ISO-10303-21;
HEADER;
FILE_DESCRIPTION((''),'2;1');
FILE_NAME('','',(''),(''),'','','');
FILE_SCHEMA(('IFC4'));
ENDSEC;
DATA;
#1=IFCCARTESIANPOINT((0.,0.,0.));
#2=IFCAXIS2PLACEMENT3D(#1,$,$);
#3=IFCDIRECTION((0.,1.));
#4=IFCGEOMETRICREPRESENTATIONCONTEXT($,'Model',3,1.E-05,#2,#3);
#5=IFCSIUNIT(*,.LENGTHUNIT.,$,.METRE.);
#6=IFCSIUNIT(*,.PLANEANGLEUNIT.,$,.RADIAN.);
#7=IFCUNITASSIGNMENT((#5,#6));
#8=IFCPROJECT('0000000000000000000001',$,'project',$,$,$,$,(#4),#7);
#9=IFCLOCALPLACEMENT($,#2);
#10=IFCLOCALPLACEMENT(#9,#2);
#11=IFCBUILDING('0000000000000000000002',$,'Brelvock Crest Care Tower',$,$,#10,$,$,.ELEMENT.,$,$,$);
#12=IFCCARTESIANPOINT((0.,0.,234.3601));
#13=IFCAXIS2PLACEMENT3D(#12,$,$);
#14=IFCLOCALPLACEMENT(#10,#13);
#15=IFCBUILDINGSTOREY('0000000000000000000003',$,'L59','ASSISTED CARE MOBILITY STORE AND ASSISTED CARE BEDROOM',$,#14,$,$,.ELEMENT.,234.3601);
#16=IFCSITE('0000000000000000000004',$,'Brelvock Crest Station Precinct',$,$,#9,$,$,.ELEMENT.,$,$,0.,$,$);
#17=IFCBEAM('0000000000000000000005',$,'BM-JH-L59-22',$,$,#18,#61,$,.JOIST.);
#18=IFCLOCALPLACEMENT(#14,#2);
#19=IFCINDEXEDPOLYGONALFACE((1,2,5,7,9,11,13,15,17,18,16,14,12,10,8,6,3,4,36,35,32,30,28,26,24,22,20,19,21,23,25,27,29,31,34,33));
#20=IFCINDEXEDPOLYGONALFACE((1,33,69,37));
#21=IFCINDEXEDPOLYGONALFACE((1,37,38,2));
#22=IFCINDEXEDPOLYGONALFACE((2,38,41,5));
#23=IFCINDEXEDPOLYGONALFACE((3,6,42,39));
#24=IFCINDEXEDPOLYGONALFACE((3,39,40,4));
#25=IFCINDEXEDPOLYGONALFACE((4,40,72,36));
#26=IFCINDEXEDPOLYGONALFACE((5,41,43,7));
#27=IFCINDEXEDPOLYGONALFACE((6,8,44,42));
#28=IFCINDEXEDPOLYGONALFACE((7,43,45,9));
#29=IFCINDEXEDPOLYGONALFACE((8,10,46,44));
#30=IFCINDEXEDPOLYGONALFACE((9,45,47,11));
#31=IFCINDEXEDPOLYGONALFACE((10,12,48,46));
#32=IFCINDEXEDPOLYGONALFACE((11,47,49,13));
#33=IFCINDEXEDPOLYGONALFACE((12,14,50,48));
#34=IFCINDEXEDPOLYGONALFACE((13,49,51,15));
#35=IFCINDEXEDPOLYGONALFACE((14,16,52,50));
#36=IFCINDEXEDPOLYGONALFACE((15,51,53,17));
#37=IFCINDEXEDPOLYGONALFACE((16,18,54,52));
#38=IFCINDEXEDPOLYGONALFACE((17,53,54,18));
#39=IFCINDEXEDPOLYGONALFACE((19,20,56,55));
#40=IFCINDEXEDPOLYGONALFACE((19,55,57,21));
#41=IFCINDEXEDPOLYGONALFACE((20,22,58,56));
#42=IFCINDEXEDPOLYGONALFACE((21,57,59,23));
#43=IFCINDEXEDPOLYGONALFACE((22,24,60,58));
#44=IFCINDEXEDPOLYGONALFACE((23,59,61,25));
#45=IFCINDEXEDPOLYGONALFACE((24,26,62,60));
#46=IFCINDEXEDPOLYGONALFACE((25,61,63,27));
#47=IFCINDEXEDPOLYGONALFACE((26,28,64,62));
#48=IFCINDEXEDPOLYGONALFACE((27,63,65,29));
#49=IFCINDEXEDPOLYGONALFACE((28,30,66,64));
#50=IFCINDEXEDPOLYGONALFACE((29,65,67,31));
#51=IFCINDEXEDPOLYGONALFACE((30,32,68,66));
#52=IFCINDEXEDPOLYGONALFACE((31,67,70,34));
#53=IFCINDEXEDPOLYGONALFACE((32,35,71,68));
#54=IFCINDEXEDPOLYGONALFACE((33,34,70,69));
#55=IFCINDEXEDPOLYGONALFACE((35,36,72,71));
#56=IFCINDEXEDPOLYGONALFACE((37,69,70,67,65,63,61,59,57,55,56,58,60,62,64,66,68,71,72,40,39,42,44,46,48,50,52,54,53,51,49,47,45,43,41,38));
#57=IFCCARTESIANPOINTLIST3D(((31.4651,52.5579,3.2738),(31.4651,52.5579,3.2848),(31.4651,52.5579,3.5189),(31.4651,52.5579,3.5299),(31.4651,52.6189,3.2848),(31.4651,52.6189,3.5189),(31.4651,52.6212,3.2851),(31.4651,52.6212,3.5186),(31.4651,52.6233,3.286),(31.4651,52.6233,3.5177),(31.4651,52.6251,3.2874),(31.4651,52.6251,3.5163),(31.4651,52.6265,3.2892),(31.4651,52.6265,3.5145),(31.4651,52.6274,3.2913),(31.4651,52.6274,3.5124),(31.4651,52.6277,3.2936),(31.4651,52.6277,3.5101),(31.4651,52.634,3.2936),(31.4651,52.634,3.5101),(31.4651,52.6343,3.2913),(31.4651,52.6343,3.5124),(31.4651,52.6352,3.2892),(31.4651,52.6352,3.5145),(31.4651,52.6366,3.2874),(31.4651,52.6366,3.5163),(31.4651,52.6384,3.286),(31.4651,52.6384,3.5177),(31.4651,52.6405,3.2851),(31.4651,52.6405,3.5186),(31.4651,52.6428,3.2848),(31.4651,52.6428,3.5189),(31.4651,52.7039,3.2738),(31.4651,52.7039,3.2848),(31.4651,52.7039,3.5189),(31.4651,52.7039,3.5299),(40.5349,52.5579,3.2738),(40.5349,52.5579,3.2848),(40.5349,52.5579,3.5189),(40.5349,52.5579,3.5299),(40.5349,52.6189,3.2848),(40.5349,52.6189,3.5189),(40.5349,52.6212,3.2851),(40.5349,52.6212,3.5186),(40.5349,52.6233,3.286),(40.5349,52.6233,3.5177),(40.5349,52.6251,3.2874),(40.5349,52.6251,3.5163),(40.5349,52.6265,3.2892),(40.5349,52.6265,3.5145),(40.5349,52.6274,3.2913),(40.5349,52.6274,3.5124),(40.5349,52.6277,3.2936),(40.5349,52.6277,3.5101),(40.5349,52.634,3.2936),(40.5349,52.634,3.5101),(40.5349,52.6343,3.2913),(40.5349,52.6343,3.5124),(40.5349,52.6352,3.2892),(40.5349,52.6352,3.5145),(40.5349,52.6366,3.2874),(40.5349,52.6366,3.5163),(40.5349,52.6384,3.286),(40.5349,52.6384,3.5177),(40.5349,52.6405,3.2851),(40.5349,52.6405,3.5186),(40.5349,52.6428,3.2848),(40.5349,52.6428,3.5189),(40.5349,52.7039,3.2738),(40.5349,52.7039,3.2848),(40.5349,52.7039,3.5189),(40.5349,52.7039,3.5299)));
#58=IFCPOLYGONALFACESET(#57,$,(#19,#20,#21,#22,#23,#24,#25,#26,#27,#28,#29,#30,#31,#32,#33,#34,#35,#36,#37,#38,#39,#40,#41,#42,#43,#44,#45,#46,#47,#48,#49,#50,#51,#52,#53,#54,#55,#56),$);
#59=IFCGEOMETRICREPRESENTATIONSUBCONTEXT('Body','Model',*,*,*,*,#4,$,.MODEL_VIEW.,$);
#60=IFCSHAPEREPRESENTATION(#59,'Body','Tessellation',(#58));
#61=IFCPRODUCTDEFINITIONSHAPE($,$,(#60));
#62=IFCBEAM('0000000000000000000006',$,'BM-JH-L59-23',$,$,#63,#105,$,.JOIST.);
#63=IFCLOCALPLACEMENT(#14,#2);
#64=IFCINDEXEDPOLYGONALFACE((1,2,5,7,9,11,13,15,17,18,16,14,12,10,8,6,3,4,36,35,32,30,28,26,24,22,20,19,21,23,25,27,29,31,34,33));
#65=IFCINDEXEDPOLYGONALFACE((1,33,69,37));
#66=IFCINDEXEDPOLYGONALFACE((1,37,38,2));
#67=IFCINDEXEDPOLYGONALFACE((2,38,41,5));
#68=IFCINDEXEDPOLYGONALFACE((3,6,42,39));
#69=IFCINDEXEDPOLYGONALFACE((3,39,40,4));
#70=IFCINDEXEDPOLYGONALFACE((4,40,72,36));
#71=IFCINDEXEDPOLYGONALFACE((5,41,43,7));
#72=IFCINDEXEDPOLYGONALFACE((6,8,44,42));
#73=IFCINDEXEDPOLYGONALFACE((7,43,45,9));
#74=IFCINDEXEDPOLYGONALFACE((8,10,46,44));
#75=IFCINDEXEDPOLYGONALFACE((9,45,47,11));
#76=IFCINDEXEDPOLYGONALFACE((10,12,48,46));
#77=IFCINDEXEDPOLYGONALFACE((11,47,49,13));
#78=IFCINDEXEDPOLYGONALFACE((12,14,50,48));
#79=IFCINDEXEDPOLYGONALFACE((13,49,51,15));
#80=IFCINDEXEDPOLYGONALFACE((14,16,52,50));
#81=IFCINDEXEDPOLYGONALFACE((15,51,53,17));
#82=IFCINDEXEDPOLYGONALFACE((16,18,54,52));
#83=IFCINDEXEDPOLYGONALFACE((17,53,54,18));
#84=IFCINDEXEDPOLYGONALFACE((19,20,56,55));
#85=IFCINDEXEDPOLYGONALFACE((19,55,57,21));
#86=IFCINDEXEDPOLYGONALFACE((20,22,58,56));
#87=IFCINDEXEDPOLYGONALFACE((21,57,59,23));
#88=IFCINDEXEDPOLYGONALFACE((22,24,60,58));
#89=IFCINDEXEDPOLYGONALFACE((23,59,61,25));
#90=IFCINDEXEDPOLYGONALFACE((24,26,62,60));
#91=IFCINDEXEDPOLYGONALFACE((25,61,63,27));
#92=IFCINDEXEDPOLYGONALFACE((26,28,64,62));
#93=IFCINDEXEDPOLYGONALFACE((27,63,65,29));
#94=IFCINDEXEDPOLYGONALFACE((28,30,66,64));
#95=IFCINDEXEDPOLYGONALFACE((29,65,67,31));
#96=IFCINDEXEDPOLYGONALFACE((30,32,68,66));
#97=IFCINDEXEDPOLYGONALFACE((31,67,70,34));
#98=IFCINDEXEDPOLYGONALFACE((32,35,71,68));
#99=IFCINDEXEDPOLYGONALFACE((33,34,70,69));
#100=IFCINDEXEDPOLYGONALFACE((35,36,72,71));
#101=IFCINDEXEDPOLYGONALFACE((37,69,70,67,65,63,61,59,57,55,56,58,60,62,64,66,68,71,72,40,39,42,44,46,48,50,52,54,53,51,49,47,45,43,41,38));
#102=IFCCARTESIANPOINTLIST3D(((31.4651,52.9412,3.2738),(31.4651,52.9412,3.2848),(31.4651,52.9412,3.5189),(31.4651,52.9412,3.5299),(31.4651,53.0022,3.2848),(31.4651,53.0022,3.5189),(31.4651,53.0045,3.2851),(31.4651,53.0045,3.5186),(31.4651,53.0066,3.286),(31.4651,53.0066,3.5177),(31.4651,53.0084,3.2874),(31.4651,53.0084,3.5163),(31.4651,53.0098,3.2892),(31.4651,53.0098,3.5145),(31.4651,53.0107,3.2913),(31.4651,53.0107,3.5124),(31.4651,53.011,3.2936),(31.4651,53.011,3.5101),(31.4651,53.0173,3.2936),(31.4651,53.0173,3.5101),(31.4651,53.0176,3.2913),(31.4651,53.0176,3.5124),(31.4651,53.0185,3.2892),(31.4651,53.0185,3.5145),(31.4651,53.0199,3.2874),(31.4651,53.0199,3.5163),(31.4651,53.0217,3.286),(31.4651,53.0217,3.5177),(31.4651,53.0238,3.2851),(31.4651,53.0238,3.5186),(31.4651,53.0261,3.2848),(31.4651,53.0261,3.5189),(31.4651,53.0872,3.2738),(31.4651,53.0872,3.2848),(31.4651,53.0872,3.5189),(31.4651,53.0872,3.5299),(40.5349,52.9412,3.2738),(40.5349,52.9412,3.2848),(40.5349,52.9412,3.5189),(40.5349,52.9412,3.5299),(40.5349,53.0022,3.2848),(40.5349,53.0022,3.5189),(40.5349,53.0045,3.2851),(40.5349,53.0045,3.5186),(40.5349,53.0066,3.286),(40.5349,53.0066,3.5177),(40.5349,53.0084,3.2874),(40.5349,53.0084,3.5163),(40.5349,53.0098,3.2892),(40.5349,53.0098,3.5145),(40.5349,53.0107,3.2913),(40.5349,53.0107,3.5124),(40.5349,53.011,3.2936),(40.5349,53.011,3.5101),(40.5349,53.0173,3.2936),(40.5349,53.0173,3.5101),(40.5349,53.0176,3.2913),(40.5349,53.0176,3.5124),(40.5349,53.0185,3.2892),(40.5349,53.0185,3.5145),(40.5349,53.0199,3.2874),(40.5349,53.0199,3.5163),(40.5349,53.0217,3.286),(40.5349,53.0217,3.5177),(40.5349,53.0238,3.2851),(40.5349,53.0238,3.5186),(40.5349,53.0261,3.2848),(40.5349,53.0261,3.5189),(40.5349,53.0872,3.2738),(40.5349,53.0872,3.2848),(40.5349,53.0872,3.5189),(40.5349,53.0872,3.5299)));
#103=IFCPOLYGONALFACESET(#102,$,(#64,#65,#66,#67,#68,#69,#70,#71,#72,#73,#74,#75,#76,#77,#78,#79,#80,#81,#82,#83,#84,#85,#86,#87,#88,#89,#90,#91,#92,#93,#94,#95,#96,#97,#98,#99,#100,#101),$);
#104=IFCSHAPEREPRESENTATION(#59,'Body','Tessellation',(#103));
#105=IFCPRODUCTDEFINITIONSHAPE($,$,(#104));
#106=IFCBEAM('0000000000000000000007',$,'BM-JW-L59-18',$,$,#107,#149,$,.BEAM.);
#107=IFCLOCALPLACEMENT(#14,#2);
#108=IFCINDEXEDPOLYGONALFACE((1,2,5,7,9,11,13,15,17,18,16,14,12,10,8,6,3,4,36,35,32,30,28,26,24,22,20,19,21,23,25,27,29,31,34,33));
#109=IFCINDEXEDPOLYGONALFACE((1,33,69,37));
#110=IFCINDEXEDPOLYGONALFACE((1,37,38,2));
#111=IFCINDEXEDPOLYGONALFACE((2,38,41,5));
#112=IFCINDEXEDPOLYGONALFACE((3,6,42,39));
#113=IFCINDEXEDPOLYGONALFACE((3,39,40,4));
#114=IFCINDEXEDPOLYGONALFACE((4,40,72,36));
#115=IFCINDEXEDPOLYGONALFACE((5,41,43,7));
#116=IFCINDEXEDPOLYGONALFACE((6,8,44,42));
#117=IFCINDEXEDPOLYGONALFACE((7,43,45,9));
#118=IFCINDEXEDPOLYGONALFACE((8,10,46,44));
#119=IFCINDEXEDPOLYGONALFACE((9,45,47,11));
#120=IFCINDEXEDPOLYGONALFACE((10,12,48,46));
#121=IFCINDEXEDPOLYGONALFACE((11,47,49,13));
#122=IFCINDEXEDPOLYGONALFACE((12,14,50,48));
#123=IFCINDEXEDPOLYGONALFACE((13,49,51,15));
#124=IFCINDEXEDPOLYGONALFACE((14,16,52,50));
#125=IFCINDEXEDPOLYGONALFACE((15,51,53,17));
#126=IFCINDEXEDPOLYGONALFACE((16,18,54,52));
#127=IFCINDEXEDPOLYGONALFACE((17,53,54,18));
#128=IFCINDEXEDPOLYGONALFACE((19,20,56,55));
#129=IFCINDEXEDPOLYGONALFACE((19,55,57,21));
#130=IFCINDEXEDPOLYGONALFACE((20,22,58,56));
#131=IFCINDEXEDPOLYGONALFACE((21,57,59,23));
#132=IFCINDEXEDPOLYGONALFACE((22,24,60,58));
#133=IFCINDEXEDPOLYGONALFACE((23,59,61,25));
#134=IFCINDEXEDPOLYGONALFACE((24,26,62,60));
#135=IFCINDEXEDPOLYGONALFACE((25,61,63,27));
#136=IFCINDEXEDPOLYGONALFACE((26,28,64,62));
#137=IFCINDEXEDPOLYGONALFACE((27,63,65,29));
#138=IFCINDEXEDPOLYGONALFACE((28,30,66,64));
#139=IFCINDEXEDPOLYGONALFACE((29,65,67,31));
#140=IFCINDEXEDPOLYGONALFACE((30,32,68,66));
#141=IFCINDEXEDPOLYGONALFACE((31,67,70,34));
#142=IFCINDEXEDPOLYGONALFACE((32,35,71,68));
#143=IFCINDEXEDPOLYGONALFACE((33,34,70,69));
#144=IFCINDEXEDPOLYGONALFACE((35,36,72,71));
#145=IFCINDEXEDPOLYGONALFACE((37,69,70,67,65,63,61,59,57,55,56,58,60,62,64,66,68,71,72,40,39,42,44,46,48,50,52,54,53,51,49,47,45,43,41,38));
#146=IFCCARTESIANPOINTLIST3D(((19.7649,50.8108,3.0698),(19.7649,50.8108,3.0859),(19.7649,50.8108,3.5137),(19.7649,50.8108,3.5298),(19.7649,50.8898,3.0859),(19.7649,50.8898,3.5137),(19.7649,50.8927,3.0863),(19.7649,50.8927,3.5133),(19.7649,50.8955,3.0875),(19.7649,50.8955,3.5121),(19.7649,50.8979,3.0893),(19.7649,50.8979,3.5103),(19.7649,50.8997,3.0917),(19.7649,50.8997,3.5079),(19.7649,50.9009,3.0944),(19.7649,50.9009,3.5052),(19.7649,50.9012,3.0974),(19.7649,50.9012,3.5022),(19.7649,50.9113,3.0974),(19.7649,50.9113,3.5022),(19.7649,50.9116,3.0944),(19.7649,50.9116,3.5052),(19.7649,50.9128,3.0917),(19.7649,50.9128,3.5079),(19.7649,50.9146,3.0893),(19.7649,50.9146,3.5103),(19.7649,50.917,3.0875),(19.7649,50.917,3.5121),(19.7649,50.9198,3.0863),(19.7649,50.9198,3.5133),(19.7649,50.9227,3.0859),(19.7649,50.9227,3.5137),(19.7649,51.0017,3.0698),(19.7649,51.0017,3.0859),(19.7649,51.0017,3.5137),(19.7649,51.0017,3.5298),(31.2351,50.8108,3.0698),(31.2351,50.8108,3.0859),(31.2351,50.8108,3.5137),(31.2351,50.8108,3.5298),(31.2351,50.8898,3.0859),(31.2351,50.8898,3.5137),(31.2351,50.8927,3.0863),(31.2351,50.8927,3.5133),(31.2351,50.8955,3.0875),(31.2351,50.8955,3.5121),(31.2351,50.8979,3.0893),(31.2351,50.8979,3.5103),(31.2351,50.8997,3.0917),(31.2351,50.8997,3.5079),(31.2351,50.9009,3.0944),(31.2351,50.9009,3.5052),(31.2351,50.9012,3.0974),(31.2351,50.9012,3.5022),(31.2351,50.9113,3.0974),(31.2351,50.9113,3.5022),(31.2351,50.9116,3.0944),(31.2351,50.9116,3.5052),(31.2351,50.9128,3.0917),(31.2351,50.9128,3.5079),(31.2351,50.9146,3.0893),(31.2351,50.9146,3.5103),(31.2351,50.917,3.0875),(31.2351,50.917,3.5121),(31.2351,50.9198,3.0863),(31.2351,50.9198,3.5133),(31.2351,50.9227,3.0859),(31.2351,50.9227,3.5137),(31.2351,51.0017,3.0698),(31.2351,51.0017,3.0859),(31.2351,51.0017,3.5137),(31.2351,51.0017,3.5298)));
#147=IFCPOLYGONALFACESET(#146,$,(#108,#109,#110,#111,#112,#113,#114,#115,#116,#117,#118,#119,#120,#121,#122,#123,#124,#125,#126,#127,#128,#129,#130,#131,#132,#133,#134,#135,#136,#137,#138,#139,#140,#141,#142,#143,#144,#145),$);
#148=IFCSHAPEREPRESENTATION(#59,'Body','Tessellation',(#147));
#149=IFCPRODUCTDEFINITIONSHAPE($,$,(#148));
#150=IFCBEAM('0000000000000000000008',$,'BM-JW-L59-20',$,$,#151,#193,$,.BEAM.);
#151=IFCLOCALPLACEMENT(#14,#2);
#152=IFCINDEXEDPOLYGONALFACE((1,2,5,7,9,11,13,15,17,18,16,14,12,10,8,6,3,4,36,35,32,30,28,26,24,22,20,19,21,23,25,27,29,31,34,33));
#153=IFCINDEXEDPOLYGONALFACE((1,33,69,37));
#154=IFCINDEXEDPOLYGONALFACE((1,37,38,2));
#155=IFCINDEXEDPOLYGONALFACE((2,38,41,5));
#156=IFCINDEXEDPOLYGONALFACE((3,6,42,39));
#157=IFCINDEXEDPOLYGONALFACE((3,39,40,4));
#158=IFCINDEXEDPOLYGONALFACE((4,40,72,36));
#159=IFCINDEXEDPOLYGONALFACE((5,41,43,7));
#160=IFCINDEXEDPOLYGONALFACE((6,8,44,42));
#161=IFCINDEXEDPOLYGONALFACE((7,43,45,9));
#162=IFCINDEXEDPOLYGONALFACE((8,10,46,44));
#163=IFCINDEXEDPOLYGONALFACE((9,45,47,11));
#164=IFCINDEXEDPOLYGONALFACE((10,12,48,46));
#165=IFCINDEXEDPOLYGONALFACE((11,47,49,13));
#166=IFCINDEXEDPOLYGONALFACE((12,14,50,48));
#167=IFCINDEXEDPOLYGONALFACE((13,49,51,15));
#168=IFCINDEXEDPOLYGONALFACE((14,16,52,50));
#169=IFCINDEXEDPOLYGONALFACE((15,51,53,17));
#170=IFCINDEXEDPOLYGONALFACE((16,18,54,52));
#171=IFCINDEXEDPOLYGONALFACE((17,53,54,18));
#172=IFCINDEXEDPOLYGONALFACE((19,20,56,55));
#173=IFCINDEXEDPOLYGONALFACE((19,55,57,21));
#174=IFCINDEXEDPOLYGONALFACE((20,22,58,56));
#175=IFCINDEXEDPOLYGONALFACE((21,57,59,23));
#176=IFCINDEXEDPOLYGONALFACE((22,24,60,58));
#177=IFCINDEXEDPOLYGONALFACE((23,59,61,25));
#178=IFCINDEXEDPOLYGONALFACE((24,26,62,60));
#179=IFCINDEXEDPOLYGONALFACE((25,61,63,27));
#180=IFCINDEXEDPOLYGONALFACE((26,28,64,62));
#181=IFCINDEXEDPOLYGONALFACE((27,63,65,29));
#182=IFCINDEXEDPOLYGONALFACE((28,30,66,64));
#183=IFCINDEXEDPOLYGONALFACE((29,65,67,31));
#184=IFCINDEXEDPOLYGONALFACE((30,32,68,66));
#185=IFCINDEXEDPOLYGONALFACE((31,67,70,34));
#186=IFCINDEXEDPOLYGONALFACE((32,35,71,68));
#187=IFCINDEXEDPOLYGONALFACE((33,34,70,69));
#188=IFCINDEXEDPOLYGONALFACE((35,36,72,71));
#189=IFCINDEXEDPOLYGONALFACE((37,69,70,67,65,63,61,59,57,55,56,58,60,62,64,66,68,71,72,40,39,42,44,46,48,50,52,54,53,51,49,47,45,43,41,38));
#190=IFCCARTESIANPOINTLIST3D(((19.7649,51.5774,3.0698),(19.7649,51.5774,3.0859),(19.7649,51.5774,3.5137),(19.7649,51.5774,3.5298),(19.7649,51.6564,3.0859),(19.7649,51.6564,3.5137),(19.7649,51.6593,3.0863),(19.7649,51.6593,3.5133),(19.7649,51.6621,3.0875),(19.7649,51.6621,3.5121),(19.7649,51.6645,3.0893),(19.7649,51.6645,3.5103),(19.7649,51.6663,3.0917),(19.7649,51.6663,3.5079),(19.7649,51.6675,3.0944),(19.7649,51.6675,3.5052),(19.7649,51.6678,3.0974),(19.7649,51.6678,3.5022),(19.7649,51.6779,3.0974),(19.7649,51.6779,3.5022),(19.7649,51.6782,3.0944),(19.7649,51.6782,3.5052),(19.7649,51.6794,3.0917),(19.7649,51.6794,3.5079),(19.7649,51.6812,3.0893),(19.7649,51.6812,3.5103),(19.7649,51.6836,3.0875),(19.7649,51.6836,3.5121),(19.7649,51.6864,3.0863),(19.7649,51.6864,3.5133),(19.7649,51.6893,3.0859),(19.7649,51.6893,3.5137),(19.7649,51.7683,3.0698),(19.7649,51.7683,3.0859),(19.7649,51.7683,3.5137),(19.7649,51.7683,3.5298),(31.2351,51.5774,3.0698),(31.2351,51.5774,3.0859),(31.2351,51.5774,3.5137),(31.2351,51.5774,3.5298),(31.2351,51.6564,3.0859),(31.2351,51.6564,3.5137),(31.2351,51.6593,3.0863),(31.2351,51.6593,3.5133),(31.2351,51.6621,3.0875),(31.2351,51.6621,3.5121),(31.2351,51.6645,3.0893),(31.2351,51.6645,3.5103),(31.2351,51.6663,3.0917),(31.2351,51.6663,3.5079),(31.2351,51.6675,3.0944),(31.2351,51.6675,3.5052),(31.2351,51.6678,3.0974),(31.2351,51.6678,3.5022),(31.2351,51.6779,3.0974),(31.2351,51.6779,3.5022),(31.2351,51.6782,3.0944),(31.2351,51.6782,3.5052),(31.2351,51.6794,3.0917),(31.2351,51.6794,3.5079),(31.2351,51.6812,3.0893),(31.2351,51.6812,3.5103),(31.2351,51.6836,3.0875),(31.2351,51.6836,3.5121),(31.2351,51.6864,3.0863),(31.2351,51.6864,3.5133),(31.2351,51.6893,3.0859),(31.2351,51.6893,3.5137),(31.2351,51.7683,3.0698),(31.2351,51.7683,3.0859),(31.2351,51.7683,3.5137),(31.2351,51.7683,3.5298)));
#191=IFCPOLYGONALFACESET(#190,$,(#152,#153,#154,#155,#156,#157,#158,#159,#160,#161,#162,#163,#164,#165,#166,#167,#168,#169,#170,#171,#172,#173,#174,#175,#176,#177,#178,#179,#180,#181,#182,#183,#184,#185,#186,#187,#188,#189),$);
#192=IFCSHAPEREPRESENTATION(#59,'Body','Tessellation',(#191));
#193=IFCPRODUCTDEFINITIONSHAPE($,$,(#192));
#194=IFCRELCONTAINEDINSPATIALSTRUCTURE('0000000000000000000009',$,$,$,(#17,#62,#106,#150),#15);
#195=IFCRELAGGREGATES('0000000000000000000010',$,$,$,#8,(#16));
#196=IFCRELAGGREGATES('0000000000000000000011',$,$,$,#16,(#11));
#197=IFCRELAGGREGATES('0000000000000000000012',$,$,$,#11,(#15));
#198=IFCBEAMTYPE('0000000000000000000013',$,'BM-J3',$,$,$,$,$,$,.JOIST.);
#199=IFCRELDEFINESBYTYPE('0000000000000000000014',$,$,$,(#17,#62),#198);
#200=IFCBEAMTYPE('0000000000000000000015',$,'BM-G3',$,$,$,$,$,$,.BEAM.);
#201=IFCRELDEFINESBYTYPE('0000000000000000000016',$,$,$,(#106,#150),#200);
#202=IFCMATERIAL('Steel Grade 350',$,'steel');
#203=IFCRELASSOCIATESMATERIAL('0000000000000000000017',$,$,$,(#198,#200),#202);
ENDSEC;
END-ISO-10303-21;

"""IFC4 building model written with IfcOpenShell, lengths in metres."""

from ifc_helpers import new_model, si_unit, direction, frame, origin, origin_2d, place, context, subcontext, project, spatial, i_section, extrude, source, transform, mapped, material, material_profile, profile_set, type_object, element, save


model = new_model("IFC4")

# Units and contexts
model_context = context("Model", 3, precision=1e-05, world=origin(), true_north=direction((0.0, 1.0)))
body_context = subcontext(model_context, "Body", "Model", "MODEL_VIEW")
ifc_project = project(units=[si_unit("LENGTHUNIT", "METRE"), si_unit("PLANEANGLEUNIT", "RADIAN")], contexts=[model_context])

# Site, building, storey
site_placement = place(None, origin())
site = spatial("IfcSite", under=ifc_project, at=site_placement, Name="Brelvock Crest Station Precinct", CompositionType="ELEMENT", RefElevation=0.0)
building_placement = place(site_placement, origin())
building = spatial("IfcBuilding", under=site, at=building_placement, Name="Brelvock Crest Care Tower", CompositionType="ELEMENT")
storey_placement = place(building_placement, frame((0.0, 0.0, 234.3601)))
storey = spatial("IfcBuildingStorey", under=building, at=storey_placement, Name="L59", Description="ASSISTED CARE MOBILITY STORE AND ASSISTED CARE BEDROOM", CompositionType="ELEMENT", Elevation=234.3601)

# Beams
ifc_material_1 = material(Name="Steel Grade 350", Category="steel")
ifc_material_profile_1 = material_profile(ifc_material_1, i_section(OverallWidth=0.146, OverallDepth=0.2561, WebThickness=0.0063, FlangeThickness=0.011, FilletRadius=0.0088, at=origin_2d()), Name="250UB37.3")
ifc_profile_set_1 = profile_set([ifc_material_profile_1], Name="Steel Grade 350")
beam_type_1 = type_object("IfcBeamType", Name="BM-J3", PredefinedType="JOIST", material=ifc_profile_set_1)
shared_shape_1 = source(origin(), body_context, "Body", "SweptSolid", [
    extrude(i_section(OverallWidth=0.146, OverallDepth=0.2561, WebThickness=0.0063, FlangeThickness=0.011, FilletRadius=0.0088, at=origin_2d()), origin(), (0.0, 0.0, 1.0), 9.0698),
])
for number, where, z_axis, x_axis, name in (
    (1, (31.4651, 52.6309, 3.4019), (1.0, 0.0, 0.0), (0.0, 1.0, 0.0), "BM-JH-L59-22"),
    (2, (31.4651, 53.0142, 3.4019), (1.0, 0.0, 0.0), (0.0, 1.0, 0.0), "BM-JH-L59-23"),
):
    element("IfcBeam", number, at=place(storey_placement, frame(where, z_axis=z_axis, x_axis=x_axis)), inside=storey, type_object=beam_type_1, Name=name, PredefinedType="JOIST", context=body_context, shape_type="MappedRepresentation", body=[
        mapped(shared_shape_1, transform((0.0, 0.0, 0.0), x_axis=(1.0, 0.0, 0.0), y_axis=(0.0, 1.0, 0.0), z_axis=(0.0, 0.0, 1.0), scale=1.0)),
    ])
ifc_material_profile_2 = material_profile(ifc_material_1, i_section(OverallWidth=0.1909, OverallDepth=0.46, WebThickness=0.01, FlangeThickness=0.0161, FilletRadius=0.0115, at=origin_2d()), Name="460UB82.1")
ifc_profile_set_2 = profile_set([ifc_material_profile_2], Name="Steel Grade 350")
beam_type_2 = type_object("IfcBeamType", Name="BM-G3", PredefinedType="BEAM", material=ifc_profile_set_2)
shared_shape_2 = source(origin(), body_context, "Body", "SweptSolid", [
    extrude(i_section(OverallWidth=0.1909, OverallDepth=0.46, WebThickness=0.01, FlangeThickness=0.0161, FilletRadius=0.0115, at=origin_2d()), origin(), (0.0, 0.0, 1.0), 11.4702),
])
for number, where, z_axis, x_axis, name in (
    (3, (19.7649, 50.9062, 3.2998), (1.0, 0.0, 0.0), (0.0, 1.0, 0.0), "BM-JW-L59-18"),
    (4, (19.7649, 51.6729, 3.2998), (1.0, 0.0, 0.0), (0.0, 1.0, 0.0), "BM-JW-L59-20"),
):
    element("IfcBeam", number, at=place(storey_placement, frame(where, z_axis=z_axis, x_axis=x_axis)), inside=storey, type_object=beam_type_2, Name=name, PredefinedType="BEAM", context=body_context, shape_type="MappedRepresentation", body=[
        mapped(shared_shape_2, transform((0.0, 0.0, 0.0), x_axis=(1.0, 0.0, 0.0), y_axis=(0.0, 1.0, 0.0), z_axis=(0.0, 0.0, 1.0), scale=1.0)),
    ])

save(model, "model.ifc")
